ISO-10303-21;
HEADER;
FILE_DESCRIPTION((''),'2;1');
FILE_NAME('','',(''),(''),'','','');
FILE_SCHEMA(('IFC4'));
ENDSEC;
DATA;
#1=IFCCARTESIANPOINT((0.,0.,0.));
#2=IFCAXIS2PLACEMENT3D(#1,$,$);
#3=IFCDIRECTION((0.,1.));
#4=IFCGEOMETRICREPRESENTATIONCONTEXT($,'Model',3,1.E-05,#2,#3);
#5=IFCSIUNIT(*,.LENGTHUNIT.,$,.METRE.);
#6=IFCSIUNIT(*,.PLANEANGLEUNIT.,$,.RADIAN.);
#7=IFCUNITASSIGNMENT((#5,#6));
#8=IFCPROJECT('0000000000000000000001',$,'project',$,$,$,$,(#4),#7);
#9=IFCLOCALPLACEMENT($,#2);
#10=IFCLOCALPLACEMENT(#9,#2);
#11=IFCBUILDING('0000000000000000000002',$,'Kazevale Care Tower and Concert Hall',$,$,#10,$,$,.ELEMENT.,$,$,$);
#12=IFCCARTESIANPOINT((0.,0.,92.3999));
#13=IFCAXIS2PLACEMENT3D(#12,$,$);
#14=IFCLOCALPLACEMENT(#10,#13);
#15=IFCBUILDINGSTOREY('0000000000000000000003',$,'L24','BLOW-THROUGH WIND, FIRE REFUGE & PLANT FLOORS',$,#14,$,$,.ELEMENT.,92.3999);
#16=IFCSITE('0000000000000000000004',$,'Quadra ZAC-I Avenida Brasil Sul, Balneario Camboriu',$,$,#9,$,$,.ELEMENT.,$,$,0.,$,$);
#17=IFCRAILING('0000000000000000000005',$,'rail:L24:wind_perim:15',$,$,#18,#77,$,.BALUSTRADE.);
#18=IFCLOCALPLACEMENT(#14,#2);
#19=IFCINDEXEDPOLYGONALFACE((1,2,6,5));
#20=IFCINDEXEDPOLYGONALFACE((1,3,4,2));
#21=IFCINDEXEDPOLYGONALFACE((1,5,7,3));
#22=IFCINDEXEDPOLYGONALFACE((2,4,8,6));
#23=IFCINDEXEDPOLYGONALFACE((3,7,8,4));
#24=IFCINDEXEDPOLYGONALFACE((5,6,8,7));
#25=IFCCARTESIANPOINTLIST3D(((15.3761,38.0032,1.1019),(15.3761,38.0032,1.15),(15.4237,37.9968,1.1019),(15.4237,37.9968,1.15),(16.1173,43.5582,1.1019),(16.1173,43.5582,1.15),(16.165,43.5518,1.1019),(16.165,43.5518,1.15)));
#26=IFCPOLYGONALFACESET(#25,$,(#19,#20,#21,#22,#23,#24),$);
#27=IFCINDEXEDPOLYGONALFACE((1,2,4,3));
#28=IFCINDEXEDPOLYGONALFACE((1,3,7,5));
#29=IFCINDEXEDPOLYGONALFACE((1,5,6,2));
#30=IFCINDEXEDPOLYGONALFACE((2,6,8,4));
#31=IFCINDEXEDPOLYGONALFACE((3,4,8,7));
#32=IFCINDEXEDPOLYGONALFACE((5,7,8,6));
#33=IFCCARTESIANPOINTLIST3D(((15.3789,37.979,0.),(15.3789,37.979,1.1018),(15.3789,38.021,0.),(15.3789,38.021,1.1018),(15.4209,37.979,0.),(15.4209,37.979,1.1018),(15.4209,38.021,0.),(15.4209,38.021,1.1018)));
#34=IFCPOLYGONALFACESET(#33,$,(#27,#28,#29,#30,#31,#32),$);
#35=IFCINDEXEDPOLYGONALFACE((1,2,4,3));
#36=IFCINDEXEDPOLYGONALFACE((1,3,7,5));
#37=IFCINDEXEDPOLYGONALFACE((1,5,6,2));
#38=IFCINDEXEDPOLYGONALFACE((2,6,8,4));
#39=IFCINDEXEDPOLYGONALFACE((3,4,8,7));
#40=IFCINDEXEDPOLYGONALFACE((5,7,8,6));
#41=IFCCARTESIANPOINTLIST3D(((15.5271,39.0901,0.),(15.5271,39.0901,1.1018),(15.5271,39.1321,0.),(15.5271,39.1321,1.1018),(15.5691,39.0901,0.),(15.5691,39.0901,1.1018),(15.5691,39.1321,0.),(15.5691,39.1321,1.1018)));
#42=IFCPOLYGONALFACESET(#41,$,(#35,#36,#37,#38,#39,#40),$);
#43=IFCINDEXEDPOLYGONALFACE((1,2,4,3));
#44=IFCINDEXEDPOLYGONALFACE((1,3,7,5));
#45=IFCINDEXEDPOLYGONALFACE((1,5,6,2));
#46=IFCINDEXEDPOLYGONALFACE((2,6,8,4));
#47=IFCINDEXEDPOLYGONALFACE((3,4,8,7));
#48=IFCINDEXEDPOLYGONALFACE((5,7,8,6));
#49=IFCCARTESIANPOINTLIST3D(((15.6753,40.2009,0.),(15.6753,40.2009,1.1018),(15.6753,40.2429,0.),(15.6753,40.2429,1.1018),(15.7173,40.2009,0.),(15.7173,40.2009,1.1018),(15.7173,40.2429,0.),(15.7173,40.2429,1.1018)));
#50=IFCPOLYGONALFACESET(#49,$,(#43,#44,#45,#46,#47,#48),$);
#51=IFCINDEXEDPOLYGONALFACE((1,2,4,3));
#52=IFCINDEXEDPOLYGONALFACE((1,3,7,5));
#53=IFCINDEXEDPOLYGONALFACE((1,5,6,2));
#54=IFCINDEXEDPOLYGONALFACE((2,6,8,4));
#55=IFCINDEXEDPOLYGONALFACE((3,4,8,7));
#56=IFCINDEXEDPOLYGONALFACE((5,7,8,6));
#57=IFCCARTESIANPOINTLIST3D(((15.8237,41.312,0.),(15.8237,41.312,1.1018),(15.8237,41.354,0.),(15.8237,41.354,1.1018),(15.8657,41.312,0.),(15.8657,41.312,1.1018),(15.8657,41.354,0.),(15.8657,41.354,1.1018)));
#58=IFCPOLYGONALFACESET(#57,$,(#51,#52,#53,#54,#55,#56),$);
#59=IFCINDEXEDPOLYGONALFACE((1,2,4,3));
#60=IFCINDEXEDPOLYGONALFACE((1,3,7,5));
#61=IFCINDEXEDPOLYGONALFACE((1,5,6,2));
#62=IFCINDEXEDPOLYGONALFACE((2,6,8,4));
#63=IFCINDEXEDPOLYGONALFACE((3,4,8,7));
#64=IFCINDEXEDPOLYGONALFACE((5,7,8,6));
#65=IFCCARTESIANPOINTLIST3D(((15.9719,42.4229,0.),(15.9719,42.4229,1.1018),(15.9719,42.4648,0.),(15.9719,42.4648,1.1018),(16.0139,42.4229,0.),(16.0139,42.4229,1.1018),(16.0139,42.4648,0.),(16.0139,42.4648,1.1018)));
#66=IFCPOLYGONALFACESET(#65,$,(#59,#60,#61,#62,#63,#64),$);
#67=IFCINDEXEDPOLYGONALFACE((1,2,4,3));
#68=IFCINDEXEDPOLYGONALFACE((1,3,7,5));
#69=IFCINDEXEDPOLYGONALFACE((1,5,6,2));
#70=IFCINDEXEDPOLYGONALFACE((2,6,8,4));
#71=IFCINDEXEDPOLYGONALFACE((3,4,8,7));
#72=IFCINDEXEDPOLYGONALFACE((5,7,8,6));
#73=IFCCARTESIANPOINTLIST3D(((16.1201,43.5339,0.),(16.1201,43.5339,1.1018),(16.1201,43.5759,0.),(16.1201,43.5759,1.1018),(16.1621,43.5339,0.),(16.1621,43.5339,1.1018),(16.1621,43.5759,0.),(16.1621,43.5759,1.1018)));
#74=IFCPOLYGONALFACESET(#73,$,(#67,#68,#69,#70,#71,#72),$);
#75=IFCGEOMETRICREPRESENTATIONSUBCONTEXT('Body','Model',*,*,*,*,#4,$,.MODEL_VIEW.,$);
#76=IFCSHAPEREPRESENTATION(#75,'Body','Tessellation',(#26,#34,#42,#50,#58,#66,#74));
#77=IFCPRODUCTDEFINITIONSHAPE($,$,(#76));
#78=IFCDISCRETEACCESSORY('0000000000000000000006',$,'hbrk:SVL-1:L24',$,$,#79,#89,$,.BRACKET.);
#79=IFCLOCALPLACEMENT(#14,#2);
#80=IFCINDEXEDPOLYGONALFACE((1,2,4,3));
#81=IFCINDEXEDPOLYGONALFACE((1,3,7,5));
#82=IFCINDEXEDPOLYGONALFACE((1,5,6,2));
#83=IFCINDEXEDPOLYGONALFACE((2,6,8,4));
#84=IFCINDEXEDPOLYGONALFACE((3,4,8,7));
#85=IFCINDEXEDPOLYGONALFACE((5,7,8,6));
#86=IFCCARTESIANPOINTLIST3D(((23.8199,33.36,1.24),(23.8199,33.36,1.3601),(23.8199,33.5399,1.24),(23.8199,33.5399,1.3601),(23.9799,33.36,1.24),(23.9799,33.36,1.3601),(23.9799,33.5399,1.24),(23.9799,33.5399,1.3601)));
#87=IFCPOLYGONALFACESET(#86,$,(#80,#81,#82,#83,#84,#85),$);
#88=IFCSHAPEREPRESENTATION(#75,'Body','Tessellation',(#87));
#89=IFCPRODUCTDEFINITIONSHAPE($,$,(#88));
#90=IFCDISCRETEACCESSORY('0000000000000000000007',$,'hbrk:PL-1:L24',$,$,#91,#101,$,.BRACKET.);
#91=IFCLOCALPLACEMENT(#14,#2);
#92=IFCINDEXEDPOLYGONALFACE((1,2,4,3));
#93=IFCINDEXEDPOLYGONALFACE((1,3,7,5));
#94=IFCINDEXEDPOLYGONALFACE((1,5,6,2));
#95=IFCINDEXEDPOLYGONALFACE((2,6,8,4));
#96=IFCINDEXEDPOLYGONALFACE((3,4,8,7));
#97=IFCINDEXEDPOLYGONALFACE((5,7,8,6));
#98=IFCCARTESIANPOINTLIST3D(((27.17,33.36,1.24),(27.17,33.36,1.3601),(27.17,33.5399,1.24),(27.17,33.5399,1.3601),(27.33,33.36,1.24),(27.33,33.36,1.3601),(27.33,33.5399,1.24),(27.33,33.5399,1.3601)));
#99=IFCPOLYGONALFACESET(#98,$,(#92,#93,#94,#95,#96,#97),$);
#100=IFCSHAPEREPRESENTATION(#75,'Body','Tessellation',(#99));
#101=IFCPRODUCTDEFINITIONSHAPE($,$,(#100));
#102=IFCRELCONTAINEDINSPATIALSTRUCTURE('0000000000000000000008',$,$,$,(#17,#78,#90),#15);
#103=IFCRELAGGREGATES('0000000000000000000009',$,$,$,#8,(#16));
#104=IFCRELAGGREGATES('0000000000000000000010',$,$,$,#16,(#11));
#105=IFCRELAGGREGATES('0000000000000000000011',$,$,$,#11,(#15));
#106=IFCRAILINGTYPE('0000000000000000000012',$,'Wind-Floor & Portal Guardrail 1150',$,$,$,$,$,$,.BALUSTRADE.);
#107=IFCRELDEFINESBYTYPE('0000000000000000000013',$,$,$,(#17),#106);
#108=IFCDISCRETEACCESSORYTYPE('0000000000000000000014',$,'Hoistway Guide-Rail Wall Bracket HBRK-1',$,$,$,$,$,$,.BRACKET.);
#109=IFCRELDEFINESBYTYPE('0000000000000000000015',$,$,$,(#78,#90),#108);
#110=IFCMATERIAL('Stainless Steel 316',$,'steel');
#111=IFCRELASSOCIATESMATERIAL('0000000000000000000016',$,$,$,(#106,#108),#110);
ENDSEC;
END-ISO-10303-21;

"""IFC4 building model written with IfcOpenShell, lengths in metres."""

from ifc_helpers import new_model, si_unit, direction, frame, origin, origin_2d, place, context, subcontext, project, spatial, rectangle, extrude, material, type_object, element, save


model = new_model("IFC4")

# Units and contexts
model_context = context("Model", 3, precision=1e-05, world=origin(), true_north=direction((0.0, 1.0)))
body_context = subcontext(model_context, "Body", "Model", "MODEL_VIEW")
ifc_project = project(units=[si_unit("LENGTHUNIT", "METRE"), si_unit("PLANEANGLEUNIT", "RADIAN")], contexts=[model_context])

# Site, building, storey
site_placement = place(None, origin())
site = spatial("IfcSite", under=ifc_project, at=site_placement, Name="Quadra ZAC-I Avenida Brasil Sul, Balneario Camboriu", CompositionType="ELEMENT", RefElevation=0.0)
building_placement = place(site_placement, origin())
building = spatial("IfcBuilding", under=site, at=building_placement, Name="Kazevale Care Tower and Concert Hall", CompositionType="ELEMENT")
storey_placement = place(building_placement, frame((0.0, 0.0, 92.3999)))
storey = spatial("IfcBuildingStorey", under=building, at=storey_placement, Name="L24", Description="BLOW-THROUGH WIND, FIRE REFUGE & PLANT FLOORS", CompositionType="ELEMENT", Elevation=92.3999)

# Shared definitions
ifc_material_1 = material(Name="Stainless Steel 316", Category="steel")

# Railing
railing_type = type_object("IfcRailingType", Name="Wind-Floor & Portal Guardrail 1150", PredefinedType="BALUSTRADE", material=ifc_material_1)
railing_1_placement = place(storey_placement, frame((15.3999, 38.0, 0.0)))
element("IfcRailing", 1, at=railing_1_placement, inside=storey, type_object=railing_type, Name="rail:L24:wind_perim:15", PredefinedType="BALUSTRADE", context=body_context, shape_type="SweptSolid", body=[
    extrude(rectangle(XDim=0.0481, YDim=0.0481, at=origin_2d()), frame((0.0, 0.0, 1.126), z_axis=(0.132261, 0.991215, 0.0), x_axis=(-0.991215, 0.132261, 0.0)), (0.0, 0.0, 1.0), 5.6042),
    extrude(rectangle(XDim=0.042, YDim=0.042, at=origin_2d()), origin(), (0.0, 0.0, 1.0), 1.1018),
    extrude(rectangle(XDim=0.042, YDim=0.042, at=origin_2d()), frame((0.1482, 1.1111, 0.0)), (0.0, 0.0, 1.0), 1.1018),
    extrude(rectangle(XDim=0.042, YDim=0.042, at=origin_2d()), frame((0.2964, 2.2219, 0.0)), (0.0, 0.0, 1.0), 1.1018),
    extrude(rectangle(XDim=0.042, YDim=0.042, at=origin_2d()), frame((0.4448, 3.333, 0.0)), (0.0, 0.0, 1.0), 1.1018),
    extrude(rectangle(XDim=0.042, YDim=0.042, at=origin_2d()), frame((0.593, 4.4438, 0.0)), (0.0, 0.0, 1.0), 1.1018),
    extrude(rectangle(XDim=0.042, YDim=0.042, at=origin_2d()), frame((0.7412, 5.5549, 0.0)), (0.0, 0.0, 1.0), 1.1018),
])

# Discrete accessories
discrete_accessory_type = type_object("IfcDiscreteAccessoryType", Name="Hoistway Guide-Rail Wall Bracket HBRK-1", PredefinedType="BRACKET", material=ifc_material_1)
for number, where, z_axis, x_axis, name in (
    (2, (23.8999, 33.45, 1.24), (0.0, 0.0, 1.0), (1.0, 0.0, 0.0), "hbrk:SVL-1:L24"),
    (3, (27.25, 33.45, 1.24), (0.0, 0.0, 1.0), (1.0, 0.0, 0.0), "hbrk:PL-1:L24"),
):
    element("IfcDiscreteAccessory", number, at=place(storey_placement, frame(where, z_axis=z_axis, x_axis=x_axis)), inside=storey, type_object=discrete_accessory_type, Name=name, PredefinedType="BRACKET", context=body_context, shape_type="SweptSolid", body=[
        extrude(rectangle(XDim=0.1599, YDim=0.1799, at=origin_2d()), origin(), (0.0, 0.0, 1.0), 0.1201),
    ])

save(model, "model.ifc")
